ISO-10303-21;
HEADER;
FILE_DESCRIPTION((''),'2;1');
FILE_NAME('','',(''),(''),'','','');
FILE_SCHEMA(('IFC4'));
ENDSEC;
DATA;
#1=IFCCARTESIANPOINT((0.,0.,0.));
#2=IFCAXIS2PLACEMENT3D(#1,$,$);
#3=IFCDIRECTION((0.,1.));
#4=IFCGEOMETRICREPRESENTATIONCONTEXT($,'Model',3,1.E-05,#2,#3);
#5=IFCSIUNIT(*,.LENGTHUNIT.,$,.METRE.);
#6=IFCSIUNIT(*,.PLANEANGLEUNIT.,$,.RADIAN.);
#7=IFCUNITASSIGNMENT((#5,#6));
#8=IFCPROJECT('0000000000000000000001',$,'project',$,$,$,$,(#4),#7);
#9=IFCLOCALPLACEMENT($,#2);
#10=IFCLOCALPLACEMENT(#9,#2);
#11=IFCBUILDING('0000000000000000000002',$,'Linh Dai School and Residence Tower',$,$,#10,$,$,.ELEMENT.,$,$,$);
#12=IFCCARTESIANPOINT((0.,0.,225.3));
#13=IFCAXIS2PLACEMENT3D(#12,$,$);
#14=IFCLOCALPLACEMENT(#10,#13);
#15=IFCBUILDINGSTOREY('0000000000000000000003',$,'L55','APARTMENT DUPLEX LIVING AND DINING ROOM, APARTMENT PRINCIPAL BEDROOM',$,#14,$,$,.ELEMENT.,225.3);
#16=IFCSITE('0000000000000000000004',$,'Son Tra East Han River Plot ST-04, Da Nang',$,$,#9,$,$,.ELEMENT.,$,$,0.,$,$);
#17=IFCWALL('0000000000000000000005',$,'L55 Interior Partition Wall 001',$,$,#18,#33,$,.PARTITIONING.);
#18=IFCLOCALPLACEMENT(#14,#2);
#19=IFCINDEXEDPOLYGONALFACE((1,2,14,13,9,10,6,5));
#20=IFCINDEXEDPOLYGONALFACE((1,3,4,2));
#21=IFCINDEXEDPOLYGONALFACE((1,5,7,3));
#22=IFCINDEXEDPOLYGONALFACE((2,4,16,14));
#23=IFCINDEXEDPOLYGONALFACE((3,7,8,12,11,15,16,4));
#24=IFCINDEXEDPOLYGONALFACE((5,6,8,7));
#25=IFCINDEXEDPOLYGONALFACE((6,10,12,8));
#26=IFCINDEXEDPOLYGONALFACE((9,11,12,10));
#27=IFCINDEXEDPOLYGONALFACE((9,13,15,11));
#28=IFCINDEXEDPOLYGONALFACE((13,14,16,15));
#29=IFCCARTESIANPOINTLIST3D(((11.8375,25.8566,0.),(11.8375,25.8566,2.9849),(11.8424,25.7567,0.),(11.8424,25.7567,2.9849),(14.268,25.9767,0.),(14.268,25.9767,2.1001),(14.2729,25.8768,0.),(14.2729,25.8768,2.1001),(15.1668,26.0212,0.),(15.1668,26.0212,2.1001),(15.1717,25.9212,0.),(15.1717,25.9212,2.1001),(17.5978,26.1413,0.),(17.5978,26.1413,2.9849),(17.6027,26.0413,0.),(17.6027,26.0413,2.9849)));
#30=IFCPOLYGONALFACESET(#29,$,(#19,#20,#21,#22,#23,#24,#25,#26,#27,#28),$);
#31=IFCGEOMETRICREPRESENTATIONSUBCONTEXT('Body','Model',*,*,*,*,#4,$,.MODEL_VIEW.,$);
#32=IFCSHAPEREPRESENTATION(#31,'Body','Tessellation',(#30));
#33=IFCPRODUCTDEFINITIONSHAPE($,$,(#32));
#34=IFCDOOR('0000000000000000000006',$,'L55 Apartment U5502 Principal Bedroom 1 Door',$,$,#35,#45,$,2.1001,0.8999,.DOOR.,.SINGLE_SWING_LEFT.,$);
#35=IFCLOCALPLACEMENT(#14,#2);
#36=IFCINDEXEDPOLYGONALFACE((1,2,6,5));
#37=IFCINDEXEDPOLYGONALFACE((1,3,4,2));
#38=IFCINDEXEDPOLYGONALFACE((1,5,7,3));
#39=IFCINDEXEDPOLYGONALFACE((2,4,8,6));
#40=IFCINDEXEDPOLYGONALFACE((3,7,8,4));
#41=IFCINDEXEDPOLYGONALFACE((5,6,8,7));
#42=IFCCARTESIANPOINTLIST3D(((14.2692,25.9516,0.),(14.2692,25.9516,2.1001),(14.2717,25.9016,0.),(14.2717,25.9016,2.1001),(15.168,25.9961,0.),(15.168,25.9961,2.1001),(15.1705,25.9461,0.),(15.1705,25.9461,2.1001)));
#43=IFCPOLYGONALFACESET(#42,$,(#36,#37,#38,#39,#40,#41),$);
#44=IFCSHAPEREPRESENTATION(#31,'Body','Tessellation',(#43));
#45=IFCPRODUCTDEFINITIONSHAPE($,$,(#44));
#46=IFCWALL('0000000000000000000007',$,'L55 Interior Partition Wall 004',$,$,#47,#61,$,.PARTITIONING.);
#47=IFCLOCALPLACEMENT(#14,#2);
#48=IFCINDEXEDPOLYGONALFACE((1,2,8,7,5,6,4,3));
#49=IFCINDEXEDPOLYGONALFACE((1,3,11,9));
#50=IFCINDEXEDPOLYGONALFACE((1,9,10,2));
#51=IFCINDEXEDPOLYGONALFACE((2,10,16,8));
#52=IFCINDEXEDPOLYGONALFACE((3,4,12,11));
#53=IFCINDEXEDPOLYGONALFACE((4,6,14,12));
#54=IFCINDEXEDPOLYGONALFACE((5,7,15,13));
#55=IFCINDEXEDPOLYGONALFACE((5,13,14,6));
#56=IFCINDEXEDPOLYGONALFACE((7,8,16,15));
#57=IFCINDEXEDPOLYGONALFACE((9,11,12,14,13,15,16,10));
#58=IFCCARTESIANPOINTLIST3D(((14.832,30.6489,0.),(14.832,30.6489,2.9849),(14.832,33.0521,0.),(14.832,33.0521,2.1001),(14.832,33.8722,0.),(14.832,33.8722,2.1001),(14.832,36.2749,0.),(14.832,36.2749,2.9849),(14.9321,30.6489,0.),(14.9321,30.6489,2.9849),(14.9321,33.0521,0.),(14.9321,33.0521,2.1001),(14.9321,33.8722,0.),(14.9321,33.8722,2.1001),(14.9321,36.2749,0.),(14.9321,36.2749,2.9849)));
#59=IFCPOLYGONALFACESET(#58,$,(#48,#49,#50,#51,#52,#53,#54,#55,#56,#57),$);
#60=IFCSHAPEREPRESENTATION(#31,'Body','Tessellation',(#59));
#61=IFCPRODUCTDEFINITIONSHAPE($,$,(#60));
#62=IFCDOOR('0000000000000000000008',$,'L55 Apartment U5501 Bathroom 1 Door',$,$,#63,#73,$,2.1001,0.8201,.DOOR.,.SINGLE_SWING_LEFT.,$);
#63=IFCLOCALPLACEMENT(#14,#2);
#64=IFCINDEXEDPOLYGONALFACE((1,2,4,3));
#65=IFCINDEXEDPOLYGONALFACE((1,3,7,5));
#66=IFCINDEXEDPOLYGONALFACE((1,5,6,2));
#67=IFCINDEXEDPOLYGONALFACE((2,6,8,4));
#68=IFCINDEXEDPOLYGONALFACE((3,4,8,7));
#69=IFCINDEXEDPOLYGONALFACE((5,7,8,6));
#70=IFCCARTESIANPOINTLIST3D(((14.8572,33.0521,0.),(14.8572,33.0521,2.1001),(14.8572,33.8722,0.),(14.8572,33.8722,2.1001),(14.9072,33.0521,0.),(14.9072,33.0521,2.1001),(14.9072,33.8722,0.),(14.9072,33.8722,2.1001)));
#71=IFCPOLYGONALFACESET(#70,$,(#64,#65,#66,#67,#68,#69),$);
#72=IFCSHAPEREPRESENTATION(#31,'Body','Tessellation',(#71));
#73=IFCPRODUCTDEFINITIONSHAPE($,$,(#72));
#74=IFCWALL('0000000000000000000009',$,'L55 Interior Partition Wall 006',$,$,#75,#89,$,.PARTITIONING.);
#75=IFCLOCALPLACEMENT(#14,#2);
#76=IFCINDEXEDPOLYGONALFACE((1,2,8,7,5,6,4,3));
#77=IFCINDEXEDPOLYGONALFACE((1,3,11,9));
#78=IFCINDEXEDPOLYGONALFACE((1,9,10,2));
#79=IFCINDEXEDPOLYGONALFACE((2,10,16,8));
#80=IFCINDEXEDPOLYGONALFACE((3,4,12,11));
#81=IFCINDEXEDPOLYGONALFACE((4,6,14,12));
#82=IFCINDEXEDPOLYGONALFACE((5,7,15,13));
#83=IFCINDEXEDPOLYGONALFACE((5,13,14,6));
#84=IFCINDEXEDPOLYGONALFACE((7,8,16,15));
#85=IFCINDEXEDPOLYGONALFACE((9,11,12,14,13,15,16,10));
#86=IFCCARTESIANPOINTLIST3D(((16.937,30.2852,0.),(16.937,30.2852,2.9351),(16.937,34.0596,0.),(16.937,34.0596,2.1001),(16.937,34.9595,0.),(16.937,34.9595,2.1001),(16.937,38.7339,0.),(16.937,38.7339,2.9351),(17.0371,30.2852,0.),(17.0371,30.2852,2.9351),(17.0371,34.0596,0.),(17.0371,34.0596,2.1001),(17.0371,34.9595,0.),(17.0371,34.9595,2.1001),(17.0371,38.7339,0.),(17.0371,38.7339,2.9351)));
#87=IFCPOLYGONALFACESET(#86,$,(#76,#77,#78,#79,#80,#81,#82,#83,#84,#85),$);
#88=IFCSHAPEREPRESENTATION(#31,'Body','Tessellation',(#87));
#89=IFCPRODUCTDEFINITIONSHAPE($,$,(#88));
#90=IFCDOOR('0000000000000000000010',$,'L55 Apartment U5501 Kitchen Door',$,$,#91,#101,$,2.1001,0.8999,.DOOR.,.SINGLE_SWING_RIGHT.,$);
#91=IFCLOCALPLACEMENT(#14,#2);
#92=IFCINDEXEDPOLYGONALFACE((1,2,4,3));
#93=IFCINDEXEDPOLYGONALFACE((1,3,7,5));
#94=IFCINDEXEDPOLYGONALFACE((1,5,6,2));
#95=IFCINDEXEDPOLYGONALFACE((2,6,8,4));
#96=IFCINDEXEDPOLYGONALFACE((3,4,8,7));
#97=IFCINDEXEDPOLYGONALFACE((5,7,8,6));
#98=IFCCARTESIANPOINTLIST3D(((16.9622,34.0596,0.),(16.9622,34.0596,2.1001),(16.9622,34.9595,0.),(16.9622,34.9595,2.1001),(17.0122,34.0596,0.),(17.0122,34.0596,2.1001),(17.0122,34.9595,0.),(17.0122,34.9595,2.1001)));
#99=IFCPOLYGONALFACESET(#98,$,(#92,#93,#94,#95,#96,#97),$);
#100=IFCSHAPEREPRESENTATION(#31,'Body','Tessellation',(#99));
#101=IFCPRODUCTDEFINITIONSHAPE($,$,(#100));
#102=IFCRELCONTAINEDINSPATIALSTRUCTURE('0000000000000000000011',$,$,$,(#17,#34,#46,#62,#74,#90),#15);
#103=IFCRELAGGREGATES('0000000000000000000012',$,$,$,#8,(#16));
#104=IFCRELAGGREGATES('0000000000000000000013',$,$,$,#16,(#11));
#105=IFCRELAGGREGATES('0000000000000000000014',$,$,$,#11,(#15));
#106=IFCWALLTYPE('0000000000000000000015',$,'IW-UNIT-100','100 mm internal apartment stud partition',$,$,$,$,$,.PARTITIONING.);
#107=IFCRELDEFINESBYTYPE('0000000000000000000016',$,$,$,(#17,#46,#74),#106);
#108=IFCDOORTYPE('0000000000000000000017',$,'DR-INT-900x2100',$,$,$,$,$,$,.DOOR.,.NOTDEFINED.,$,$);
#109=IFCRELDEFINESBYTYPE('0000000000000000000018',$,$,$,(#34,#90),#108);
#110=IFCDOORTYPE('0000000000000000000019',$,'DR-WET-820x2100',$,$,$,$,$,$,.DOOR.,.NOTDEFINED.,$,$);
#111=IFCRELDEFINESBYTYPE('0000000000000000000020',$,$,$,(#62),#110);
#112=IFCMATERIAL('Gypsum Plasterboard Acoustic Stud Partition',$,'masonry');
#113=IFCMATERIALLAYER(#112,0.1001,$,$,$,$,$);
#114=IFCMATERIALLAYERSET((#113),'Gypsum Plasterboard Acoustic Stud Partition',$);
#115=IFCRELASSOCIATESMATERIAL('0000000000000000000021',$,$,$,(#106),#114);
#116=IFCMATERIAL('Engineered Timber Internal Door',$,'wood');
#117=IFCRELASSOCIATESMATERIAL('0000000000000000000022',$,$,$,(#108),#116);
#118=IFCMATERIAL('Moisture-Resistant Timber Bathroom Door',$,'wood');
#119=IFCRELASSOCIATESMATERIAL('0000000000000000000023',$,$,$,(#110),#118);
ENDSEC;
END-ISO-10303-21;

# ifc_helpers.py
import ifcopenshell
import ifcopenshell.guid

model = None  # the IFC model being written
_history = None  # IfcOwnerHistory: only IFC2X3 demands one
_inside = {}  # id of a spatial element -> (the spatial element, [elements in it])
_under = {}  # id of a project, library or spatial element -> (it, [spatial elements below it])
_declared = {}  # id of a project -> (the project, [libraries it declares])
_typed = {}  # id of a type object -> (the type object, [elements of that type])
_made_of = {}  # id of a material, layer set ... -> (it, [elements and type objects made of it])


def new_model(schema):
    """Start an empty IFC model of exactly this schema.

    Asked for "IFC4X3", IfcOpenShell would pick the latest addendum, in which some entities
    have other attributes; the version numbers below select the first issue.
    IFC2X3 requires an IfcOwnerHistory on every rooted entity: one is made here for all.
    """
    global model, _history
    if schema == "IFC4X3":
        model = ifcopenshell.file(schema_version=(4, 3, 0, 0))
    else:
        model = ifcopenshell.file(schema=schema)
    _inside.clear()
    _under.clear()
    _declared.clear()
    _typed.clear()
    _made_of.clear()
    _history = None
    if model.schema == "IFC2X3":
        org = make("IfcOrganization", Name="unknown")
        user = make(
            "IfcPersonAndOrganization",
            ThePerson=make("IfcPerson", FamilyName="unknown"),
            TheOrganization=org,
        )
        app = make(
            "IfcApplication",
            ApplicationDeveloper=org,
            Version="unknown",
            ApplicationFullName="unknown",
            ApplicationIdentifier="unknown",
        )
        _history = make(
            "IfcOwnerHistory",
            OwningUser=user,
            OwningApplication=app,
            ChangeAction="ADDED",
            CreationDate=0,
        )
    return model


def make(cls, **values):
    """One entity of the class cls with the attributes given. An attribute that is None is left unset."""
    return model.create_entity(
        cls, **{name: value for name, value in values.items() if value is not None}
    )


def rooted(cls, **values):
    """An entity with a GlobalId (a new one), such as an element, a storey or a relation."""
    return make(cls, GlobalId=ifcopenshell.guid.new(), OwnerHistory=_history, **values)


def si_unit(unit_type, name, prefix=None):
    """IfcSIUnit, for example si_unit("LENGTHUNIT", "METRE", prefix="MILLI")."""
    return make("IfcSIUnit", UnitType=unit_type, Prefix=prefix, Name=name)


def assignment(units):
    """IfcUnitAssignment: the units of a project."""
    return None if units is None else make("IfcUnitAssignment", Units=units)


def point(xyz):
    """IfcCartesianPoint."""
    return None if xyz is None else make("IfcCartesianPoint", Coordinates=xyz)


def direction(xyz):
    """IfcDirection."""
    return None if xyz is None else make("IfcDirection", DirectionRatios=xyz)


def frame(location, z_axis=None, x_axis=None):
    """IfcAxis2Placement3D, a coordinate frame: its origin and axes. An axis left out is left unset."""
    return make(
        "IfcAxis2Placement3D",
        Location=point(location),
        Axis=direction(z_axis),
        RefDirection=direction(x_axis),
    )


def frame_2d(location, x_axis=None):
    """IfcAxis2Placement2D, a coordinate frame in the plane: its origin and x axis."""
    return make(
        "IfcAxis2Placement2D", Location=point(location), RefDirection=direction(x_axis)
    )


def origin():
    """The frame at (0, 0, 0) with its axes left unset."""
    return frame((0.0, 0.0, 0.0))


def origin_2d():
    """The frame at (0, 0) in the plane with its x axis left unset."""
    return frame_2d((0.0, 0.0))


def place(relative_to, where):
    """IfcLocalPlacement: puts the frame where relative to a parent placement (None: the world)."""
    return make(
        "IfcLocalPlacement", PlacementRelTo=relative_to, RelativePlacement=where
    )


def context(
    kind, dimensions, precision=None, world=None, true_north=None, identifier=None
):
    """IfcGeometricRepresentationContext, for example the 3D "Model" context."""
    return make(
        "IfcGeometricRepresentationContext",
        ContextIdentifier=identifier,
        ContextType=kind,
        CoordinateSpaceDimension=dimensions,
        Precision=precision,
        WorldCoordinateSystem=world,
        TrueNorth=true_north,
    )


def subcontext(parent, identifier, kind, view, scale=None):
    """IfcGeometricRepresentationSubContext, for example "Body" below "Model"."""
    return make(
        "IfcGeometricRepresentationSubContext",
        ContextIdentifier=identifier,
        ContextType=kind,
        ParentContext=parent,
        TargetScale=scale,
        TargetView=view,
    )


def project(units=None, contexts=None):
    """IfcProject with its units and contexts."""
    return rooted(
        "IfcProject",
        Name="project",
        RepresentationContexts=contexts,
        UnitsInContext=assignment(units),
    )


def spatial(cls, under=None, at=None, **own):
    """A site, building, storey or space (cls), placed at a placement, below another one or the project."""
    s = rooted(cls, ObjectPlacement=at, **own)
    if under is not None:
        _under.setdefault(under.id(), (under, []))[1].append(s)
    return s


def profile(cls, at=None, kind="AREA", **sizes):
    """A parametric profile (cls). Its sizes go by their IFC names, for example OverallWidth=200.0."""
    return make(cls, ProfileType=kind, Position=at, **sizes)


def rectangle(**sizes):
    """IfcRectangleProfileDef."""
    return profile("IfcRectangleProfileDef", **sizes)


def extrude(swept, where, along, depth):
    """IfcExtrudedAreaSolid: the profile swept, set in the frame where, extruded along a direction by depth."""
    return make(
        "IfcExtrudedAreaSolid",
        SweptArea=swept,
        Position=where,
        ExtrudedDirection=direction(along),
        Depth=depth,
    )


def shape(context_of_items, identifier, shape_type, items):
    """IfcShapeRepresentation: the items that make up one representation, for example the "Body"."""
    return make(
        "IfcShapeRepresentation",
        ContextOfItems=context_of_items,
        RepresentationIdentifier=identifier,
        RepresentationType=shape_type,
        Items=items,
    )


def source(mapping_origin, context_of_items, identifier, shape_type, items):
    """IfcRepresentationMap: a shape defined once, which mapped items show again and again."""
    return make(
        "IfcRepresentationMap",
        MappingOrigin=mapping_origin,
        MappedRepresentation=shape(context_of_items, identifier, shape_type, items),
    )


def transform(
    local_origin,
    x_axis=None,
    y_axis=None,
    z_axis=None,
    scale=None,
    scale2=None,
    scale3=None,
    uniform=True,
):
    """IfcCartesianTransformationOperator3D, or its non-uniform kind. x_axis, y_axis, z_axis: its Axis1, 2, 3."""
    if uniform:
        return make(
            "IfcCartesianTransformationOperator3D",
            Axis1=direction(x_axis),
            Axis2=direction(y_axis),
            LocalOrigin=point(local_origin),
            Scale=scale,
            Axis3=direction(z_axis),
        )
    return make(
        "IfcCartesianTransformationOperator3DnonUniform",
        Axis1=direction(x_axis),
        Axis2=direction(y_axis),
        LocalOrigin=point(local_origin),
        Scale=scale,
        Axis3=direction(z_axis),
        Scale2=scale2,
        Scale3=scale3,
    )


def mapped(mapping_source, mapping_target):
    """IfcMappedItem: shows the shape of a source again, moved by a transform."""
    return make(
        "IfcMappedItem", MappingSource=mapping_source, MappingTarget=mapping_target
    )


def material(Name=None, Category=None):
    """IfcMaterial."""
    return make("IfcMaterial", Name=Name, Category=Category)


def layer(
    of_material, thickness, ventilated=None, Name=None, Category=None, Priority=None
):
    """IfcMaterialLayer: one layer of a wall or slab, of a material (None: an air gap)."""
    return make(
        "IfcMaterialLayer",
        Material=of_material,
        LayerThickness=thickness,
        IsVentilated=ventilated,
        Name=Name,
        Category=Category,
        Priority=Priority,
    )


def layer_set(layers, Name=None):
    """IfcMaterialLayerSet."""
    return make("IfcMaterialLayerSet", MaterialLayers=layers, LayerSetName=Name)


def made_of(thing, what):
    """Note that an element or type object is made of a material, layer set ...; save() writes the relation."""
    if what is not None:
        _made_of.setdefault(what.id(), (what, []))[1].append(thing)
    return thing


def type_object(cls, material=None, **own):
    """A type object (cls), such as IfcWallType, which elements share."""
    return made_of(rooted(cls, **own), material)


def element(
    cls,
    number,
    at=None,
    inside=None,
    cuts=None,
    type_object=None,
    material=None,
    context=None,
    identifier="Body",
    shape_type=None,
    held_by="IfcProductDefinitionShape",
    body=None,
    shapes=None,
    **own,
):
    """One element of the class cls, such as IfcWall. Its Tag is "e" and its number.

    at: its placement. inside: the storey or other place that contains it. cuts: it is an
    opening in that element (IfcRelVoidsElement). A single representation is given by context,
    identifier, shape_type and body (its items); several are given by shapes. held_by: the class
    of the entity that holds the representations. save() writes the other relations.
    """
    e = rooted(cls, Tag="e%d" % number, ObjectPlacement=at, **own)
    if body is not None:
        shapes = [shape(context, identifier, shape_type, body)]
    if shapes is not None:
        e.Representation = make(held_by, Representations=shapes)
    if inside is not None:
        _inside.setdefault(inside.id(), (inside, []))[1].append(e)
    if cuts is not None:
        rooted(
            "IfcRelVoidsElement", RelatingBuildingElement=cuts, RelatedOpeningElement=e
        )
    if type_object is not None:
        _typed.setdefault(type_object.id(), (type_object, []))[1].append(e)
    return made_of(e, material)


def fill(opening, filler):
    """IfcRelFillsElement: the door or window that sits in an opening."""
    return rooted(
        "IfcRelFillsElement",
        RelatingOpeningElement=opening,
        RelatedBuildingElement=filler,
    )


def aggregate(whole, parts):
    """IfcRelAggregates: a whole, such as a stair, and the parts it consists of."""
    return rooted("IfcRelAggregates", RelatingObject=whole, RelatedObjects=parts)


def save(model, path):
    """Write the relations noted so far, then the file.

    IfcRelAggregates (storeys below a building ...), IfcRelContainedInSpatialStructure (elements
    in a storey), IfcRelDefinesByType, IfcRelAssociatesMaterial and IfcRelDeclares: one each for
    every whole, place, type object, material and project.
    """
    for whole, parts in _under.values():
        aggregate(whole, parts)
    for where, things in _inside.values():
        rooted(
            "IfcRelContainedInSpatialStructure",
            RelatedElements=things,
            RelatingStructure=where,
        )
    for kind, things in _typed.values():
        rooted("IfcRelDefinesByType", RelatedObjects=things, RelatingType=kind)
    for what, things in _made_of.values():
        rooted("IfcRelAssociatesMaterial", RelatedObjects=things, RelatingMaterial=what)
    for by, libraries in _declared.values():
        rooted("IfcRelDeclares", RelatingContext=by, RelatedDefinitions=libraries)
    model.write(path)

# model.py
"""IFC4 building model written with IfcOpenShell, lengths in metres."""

from ifc_helpers import new_model, si_unit, direction, frame, frame_2d, origin, origin_2d, place, context, subcontext, project, spatial, rectangle, extrude, source, transform, mapped, material, layer, layer_set, type_object, element, fill, save


model = new_model("IFC4")

# Units and contexts
model_context = context("Model", 3, precision=1e-05, world=origin(), true_north=direction((0.0, 1.0)))
body_context = subcontext(model_context, "Body", "Model", "MODEL_VIEW")
ifc_project = project(units=[si_unit("LENGTHUNIT", "METRE"), si_unit("PLANEANGLEUNIT", "RADIAN")], contexts=[model_context])

# Site, building, storey
site_placement = place(None, origin())
site = spatial("IfcSite", under=ifc_project, at=site_placement, Name="Son Tra East Han River Plot ST-04, Da Nang", CompositionType="ELEMENT", RefElevation=0.0)
building_placement = place(site_placement, origin())
building = spatial("IfcBuilding", under=site, at=building_placement, Name="Linh Dai School and Residence Tower", CompositionType="ELEMENT")
storey_placement = place(building_placement, frame((0.0, 0.0, 225.3)))
storey = spatial("IfcBuildingStorey", under=building, at=storey_placement, Name="L55", Description="APARTMENT DUPLEX LIVING AND DINING ROOM, APARTMENT PRINCIPAL BEDROOM", CompositionType="ELEMENT", Elevation=225.3)

# Walls, openings, doors
ifc_material_1 = material(Name="Gypsum Plasterboard Acoustic Stud Partition", Category="masonry")
ifc_layer_1 = layer(ifc_material_1, 0.1001)
ifc_layer_set_1 = layer_set([ifc_layer_1], Name="Gypsum Plasterboard Acoustic Stud Partition")
wall_type_1 = type_object("IfcWallType", Name="IW-UNIT-100", Description="100 mm internal apartment stud partition", PredefinedType="PARTITIONING", material=ifc_layer_set_1)
wall_1_placement = place(storey_placement, frame((11.8398, 25.8066, 0.0), z_axis=(0.0, 0.0, 1.0), x_axis=(0.998781, 0.049359, 0.0)))
wall_1 = element("IfcWall", 1, at=wall_1_placement, inside=storey, type_object=wall_type_1, Name="L55 Interior Partition Wall 001", PredefinedType="PARTITIONING", context=body_context, shape_type="SweptSolid", body=[
    extrude(rectangle(XDim=5.7673, YDim=0.1001, at=frame_2d((2.8838, 0.0))), origin(), (0.0, 0.0, 1.0), 2.9849),
])
opening_1_placement = place(wall_1_placement, frame((2.4336, 0.0, 0.0)))
opening_1 = element("IfcOpeningElement", 2, at=opening_1_placement, cuts=wall_1, PredefinedType="OPENING", context=body_context, shape_type="SweptSolid", body=[
    extrude(rectangle(XDim=0.8999, YDim=2.1001, at=origin_2d()), frame((0.45, 0.0601, 1.05), z_axis=(0.0, -1.0, 0.0), x_axis=(1.0, 0.0, 0.0)), (0.0, 0.0, 1.0), 0.1201),
])
ifc_material_2 = material(Name="Engineered Timber Internal Door", Category="wood")
door_type_1 = type_object("IfcDoorType", Name="DR-INT-900x2100", OperationType="NOTDEFINED", PredefinedType="DOOR", material=ifc_material_2)
shared_shape_1 = source(origin(), body_context, "Body", "SweptSolid", [
    extrude(rectangle(XDim=0.8999, YDim=2.1001, at=origin_2d()), frame((0.45, 0.0249, 1.05), z_axis=(0.0, -1.0, 0.0), x_axis=(1.0, 0.0, 0.0)), (0.0, 0.0, 1.0), 0.05),
])
door_1_placement = place(opening_1_placement, origin())
door_1 = element("IfcDoor", 3, at=door_1_placement, inside=storey, type_object=door_type_1, Name="L55 Apartment U5502 Principal Bedroom 1 Door", OperationType="SINGLE_SWING_LEFT", OverallHeight=2.1001, OverallWidth=0.8999, PredefinedType="DOOR", context=body_context, shape_type="MappedRepresentation", body=[
    mapped(shared_shape_1, transform((0.0, 0.0, 0.0), x_axis=(1.0, 0.0, 0.0), y_axis=(0.0, 1.0, 0.0), z_axis=(0.0, 0.0, 1.0), scale=1.0)),
])
fill(opening_1, door_1)
wall_2_placement = place(storey_placement, frame((14.8821, 30.6489, 0.0), z_axis=(0.0, 0.0, 1.0), x_axis=(0.0, 1.0, 0.0)))
wall_2 = element("IfcWall", 4, at=wall_2_placement, inside=storey, type_object=wall_type_1, Name="L55 Interior Partition Wall 004", PredefinedType="PARTITIONING", context=body_context, shape_type="SweptSolid", body=[
    extrude(rectangle(XDim=5.626, YDim=0.1001, at=frame_2d((2.813, 0.0))), origin(), (0.0, 0.0, 1.0), 2.9849),
])
opening_2_placement = place(wall_2_placement, frame((2.4031, 0.0, 0.0)))
opening_2 = element("IfcOpeningElement", 5, at=opening_2_placement, cuts=wall_2, PredefinedType="OPENING", context=body_context, shape_type="SweptSolid", body=[
    extrude(rectangle(XDim=0.8201, YDim=2.1001, at=origin_2d()), frame((0.4102, 0.0601, 1.05), z_axis=(0.0, -1.0, 0.0), x_axis=(1.0, 0.0, 0.0)), (0.0, 0.0, 1.0), 0.1201),
])
ifc_material_3 = material(Name="Moisture-Resistant Timber Bathroom Door", Category="wood")
door_type_2 = type_object("IfcDoorType", Name="DR-WET-820x2100", OperationType="NOTDEFINED", PredefinedType="DOOR", material=ifc_material_3)
shared_shape_2 = source(origin(), body_context, "Body", "SweptSolid", [
    extrude(rectangle(XDim=0.8201, YDim=2.1001, at=origin_2d()), frame((0.4102, 0.0249, 1.05), z_axis=(0.0, -1.0, 0.0), x_axis=(1.0, 0.0, 0.0)), (0.0, 0.0, 1.0), 0.05),
])
door_2_placement = place(opening_2_placement, origin())
door_2 = element("IfcDoor", 6, at=door_2_placement, inside=storey, type_object=door_type_2, Name="L55 Apartment U5501 Bathroom 1 Door", OperationType="SINGLE_SWING_LEFT", OverallHeight=2.1001, OverallWidth=0.8201, PredefinedType="DOOR", context=body_context, shape_type="MappedRepresentation", body=[
    mapped(shared_shape_2, transform((0.0, 0.0, 0.0), x_axis=(1.0, 0.0, 0.0), y_axis=(0.0, 1.0, 0.0), z_axis=(0.0, 0.0, 1.0), scale=1.0)),
])
fill(opening_2, door_2)
wall_3_placement = place(storey_placement, frame((16.9871, 30.2852, 0.0), z_axis=(0.0, 0.0, 1.0), x_axis=(0.0, 1.0, 0.0)))
wall_3 = element("IfcWall", 7, at=wall_3_placement, inside=storey, type_object=wall_type_1, Name="L55 Interior Partition Wall 006", PredefinedType="PARTITIONING", context=body_context, shape_type="SweptSolid", body=[
    extrude(rectangle(XDim=8.4487, YDim=0.1001, at=frame_2d((4.2244, 0.0))), origin(), (0.0, 0.0, 1.0), 2.9351),
])
opening_3_placement = place(wall_3_placement, frame((3.7744, 0.0, 0.0)))
opening_3 = element("IfcOpeningElement", 8, at=opening_3_placement, cuts=wall_3, PredefinedType="OPENING", context=body_context, shape_type="SweptSolid", body=[
    extrude(rectangle(XDim=0.8999, YDim=2.1001, at=origin_2d()), frame((0.45, 0.0601, 1.05), z_axis=(0.0, -1.0, 0.0), x_axis=(1.0, 0.0, 0.0)), (0.0, 0.0, 1.0), 0.1201),
])
door_3_placement = place(opening_3_placement, origin())
door_3 = element("IfcDoor", 9, at=door_3_placement, inside=storey, type_object=door_type_1, Name="L55 Apartment U5501 Kitchen Door", OperationType="SINGLE_SWING_RIGHT", OverallHeight=2.1001, OverallWidth=0.8999, PredefinedType="DOOR", context=body_context, shape_type="MappedRepresentation", body=[
    mapped(shared_shape_1, transform((0.0, 0.0, 0.0), x_axis=(1.0, 0.0, 0.0), y_axis=(0.0, 1.0, 0.0), z_axis=(0.0, 0.0, 1.0), scale=1.0)),
])
fill(opening_3, door_3)

save(model, "model.ifc")
